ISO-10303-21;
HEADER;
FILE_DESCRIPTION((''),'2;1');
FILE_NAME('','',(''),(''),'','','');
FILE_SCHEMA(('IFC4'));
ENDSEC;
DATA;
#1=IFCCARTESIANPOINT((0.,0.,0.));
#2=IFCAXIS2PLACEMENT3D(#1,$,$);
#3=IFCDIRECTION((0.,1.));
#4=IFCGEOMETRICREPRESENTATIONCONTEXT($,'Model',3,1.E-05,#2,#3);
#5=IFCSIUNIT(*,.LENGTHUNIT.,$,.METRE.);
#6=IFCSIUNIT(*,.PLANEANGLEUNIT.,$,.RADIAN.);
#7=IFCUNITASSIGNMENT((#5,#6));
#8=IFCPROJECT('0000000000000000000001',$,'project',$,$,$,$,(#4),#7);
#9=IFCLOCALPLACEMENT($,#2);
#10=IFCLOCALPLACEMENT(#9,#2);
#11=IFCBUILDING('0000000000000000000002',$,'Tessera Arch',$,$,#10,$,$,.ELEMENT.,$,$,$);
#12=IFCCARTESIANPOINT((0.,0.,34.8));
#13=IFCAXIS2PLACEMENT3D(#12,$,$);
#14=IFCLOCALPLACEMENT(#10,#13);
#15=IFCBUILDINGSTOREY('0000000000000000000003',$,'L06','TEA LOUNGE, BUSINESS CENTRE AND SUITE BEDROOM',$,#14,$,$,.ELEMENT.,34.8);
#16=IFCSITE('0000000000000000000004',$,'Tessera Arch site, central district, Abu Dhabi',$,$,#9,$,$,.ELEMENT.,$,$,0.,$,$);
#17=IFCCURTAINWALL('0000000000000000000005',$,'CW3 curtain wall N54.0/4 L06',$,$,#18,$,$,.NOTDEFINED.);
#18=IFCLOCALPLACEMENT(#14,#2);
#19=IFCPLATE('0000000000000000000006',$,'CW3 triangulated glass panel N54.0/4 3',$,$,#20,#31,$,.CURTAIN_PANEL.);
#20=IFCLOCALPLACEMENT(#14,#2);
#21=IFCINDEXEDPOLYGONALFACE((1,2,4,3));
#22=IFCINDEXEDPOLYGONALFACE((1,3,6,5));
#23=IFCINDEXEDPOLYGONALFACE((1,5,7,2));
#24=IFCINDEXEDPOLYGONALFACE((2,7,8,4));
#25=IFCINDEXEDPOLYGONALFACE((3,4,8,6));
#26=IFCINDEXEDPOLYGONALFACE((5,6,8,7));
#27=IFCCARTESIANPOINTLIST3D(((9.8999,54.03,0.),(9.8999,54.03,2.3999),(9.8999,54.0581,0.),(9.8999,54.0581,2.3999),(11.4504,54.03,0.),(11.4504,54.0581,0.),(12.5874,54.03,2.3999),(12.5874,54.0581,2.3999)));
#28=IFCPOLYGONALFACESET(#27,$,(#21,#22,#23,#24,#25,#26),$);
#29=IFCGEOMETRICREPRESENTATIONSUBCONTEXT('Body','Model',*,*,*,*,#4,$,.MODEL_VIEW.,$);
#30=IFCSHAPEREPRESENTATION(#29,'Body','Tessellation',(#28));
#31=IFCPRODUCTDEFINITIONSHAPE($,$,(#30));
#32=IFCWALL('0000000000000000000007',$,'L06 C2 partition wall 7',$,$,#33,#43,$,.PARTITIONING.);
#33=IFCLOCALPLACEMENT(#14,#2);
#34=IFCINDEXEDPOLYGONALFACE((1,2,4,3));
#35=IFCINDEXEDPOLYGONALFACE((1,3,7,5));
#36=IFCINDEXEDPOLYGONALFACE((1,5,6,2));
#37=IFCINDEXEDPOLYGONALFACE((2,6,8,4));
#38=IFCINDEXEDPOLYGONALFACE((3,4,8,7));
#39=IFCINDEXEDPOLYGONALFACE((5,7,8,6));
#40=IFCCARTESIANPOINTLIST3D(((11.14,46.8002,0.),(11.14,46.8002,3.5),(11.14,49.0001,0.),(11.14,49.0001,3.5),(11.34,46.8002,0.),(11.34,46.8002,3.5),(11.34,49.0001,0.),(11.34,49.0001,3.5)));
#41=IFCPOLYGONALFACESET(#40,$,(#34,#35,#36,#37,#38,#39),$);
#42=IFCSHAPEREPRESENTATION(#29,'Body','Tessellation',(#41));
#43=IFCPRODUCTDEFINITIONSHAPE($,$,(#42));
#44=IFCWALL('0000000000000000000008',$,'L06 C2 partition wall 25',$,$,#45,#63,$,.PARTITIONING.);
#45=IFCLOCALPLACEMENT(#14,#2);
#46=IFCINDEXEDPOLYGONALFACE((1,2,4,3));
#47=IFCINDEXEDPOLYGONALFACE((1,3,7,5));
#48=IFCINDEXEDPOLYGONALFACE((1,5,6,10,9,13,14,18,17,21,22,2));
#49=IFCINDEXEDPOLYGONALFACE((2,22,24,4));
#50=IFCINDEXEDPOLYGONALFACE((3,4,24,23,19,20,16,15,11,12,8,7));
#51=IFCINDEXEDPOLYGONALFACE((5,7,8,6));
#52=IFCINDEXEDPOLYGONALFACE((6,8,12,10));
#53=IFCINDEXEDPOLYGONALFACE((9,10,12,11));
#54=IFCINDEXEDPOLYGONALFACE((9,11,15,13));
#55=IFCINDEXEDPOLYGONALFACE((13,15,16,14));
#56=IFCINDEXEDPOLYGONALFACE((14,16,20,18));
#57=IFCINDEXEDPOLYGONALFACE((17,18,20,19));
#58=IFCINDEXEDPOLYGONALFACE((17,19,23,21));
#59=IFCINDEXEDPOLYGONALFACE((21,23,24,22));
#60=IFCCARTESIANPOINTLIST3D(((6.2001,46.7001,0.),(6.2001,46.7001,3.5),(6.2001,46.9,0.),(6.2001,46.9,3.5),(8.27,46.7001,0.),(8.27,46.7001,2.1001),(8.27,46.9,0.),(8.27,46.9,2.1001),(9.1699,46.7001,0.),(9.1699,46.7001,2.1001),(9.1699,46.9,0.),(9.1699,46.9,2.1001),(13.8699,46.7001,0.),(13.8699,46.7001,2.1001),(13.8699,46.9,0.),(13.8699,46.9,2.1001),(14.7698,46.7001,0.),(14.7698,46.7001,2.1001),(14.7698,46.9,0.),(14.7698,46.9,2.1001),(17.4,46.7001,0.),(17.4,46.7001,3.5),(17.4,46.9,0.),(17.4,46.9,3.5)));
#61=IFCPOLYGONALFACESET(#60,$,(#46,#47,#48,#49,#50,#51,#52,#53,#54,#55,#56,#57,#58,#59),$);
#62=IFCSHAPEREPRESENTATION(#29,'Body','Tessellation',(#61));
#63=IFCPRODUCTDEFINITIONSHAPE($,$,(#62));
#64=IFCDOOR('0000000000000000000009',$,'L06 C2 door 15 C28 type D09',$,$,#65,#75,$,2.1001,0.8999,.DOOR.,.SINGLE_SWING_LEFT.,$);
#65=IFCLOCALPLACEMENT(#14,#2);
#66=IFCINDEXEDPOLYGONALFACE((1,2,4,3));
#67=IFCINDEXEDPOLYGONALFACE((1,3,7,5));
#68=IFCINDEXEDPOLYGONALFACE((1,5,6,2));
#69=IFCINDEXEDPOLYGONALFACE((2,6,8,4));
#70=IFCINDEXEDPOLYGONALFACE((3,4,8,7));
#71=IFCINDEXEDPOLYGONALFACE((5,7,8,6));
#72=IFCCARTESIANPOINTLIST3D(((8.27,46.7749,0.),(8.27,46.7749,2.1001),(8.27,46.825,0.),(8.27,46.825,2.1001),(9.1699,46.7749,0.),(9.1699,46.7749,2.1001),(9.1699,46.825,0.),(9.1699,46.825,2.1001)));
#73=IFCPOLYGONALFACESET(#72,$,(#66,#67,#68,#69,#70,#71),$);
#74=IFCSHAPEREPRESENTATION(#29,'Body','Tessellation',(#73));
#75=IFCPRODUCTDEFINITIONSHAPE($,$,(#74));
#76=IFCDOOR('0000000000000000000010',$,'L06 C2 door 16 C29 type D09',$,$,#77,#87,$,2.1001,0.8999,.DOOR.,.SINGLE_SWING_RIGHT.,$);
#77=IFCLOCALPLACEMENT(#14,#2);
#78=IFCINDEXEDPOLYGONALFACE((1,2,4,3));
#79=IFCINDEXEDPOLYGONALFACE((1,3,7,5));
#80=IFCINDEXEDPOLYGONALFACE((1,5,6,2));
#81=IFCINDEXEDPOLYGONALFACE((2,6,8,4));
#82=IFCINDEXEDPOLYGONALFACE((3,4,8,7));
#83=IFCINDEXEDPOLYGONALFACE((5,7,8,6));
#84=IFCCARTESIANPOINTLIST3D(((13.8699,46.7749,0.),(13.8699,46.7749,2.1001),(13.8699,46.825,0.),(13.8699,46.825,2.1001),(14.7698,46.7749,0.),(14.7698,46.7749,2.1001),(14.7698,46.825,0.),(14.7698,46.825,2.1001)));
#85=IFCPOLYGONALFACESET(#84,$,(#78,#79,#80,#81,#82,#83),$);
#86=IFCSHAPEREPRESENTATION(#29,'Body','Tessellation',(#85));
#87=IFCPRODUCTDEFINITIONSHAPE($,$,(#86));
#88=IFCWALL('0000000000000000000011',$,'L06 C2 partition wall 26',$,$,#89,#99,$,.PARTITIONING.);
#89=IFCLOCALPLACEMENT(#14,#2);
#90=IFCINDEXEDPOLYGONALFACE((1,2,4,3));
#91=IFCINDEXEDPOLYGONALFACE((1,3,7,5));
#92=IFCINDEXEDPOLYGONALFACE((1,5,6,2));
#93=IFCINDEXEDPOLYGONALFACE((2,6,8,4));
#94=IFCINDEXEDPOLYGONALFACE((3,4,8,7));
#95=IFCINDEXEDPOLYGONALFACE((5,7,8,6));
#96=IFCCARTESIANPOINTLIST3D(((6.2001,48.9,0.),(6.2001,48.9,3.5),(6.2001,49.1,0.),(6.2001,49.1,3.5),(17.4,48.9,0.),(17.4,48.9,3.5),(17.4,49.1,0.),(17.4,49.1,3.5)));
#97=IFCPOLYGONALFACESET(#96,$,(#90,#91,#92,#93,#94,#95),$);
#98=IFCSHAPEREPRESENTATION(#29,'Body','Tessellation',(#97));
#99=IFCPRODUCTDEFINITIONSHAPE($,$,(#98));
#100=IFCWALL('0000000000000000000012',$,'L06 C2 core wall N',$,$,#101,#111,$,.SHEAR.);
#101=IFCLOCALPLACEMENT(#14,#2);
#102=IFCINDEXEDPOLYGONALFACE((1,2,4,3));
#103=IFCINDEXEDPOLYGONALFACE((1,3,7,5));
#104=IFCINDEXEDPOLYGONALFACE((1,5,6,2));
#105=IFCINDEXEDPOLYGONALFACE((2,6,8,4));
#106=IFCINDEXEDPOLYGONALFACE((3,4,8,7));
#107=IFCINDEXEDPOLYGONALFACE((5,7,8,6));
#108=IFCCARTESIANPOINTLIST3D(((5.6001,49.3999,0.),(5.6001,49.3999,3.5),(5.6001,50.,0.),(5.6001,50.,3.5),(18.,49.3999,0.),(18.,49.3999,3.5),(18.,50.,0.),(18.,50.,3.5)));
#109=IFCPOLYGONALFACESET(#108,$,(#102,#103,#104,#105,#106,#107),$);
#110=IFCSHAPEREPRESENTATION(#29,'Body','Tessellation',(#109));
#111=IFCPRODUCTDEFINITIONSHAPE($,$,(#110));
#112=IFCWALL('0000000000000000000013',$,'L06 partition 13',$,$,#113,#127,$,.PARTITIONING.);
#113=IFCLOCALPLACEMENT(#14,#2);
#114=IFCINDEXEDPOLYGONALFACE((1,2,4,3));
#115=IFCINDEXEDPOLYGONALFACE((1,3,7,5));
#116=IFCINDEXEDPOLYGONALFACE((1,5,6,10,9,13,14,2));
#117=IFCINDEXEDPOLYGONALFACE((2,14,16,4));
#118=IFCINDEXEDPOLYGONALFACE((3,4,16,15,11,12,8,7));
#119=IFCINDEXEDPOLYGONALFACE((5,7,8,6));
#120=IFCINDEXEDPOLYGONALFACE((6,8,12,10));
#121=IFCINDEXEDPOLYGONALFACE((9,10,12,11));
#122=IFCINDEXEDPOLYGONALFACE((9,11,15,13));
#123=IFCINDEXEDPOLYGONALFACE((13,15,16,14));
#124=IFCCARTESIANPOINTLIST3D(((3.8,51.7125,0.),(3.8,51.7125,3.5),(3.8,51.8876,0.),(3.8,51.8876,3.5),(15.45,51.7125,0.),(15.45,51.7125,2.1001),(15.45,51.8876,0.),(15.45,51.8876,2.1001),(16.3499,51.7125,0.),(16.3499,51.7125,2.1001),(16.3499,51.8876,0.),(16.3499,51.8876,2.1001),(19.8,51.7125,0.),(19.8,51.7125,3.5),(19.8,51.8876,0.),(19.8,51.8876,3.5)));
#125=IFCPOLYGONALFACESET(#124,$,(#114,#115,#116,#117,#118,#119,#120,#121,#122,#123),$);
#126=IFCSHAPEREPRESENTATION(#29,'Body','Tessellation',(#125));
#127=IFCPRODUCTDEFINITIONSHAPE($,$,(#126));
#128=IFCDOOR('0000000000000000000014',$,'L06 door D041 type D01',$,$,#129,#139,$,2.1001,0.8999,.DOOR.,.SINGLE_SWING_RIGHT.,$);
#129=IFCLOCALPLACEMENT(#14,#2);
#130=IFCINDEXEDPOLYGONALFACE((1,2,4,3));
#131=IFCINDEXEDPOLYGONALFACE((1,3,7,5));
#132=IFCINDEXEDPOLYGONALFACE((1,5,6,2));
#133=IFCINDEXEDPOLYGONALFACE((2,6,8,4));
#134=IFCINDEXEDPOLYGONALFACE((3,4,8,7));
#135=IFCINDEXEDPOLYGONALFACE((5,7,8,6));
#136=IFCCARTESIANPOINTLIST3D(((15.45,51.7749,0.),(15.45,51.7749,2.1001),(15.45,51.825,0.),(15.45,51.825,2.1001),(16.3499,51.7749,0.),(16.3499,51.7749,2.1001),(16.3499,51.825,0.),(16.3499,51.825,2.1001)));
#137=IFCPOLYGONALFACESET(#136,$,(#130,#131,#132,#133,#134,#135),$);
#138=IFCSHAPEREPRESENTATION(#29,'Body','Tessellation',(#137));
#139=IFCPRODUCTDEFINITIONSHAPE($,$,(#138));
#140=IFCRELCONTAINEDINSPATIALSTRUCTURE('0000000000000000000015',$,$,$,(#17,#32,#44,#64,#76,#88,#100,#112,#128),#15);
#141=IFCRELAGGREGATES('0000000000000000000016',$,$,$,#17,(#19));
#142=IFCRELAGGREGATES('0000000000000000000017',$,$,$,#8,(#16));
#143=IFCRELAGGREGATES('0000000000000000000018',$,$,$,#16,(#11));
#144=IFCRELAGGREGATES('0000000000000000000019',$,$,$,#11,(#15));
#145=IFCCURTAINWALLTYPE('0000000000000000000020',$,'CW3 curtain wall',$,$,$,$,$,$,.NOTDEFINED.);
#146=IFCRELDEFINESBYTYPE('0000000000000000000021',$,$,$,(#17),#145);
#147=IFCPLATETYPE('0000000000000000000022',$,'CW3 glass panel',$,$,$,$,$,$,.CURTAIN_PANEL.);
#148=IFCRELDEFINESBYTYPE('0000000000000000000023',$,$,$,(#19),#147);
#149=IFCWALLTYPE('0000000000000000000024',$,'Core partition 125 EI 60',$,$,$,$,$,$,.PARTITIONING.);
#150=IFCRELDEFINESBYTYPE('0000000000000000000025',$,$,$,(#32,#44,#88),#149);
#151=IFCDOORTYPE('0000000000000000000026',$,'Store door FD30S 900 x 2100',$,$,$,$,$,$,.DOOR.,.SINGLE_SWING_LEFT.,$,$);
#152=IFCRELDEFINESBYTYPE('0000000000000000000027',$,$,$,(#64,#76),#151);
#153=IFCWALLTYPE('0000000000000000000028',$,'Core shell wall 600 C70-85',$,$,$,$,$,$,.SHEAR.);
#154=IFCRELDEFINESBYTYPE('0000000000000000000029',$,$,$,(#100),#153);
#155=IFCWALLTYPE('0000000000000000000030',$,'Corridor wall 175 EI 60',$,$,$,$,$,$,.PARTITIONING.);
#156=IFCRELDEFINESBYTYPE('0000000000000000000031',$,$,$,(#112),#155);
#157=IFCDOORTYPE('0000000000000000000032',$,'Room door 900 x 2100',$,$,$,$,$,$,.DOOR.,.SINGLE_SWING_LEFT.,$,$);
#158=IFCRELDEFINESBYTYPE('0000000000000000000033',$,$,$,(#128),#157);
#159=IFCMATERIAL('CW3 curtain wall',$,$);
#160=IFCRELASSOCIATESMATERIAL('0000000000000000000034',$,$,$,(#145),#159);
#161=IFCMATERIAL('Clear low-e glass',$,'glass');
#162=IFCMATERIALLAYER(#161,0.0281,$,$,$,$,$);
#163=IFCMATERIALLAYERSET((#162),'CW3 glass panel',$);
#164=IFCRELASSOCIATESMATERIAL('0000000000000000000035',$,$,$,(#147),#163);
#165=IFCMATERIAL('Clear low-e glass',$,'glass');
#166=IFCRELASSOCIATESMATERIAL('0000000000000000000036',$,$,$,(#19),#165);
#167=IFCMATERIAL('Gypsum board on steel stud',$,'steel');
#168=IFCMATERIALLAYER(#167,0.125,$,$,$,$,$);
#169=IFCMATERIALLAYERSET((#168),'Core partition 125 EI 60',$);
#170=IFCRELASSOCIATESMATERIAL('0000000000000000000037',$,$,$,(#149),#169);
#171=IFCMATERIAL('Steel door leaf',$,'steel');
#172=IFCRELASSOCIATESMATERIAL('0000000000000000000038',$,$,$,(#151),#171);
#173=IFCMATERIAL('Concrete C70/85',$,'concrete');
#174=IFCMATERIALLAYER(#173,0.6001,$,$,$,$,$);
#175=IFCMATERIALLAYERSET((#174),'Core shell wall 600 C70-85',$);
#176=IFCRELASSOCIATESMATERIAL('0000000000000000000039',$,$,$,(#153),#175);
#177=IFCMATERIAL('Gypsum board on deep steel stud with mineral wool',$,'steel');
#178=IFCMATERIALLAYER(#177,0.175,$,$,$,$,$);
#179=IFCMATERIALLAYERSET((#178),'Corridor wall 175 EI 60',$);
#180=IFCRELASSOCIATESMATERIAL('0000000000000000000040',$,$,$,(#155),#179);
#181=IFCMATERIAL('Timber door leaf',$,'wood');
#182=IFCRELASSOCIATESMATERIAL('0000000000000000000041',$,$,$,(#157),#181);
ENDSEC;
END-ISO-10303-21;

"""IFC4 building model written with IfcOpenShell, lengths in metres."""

from ifc_helpers import new_model, si_unit, direction, frame, frame_2d, origin, place, context, subcontext, project, spatial, polyline, rectangle, outline, extrude, material, layer, layer_set, type_object, element, fill, aggregate, save


model = new_model("IFC4")

# Units and contexts
model_context = context("Model", 3, precision=1e-05, world=origin(), true_north=direction((0.0, 1.0)))
body_context = subcontext(model_context, "Body", "Model", "MODEL_VIEW")
ifc_project = project(units=[si_unit("LENGTHUNIT", "METRE"), si_unit("PLANEANGLEUNIT", "RADIAN")], contexts=[model_context])

# Site, building, storey
site_placement = place(None, origin())
site = spatial("IfcSite", under=ifc_project, at=site_placement, Name="Tessera Arch site, central district, Abu Dhabi", CompositionType="ELEMENT", RefElevation=0.0)
building_placement = place(site_placement, origin())
building = spatial("IfcBuilding", under=site, at=building_placement, Name="Tessera Arch", CompositionType="ELEMENT")
storey_placement = place(building_placement, frame((0.0, 0.0, 34.8)))
storey = spatial("IfcBuildingStorey", under=building, at=storey_placement, Name="L06", Description="TEA LOUNGE, BUSINESS CENTRE AND SUITE BEDROOM", CompositionType="ELEMENT", Elevation=34.8)

# Shared definitions
ifc_material_1 = material(Name="Clear low-e glass", Category="glass")

# Curtain wall, plate
ifc_material_2 = material(Name="CW3 curtain wall")
curtain_wall_type_1 = type_object("IfcCurtainWallType", Name="CW3 curtain wall", PredefinedType="NOTDEFINED", material=ifc_material_2)
curtain_wall_1_placement = place(storey_placement, origin())
curtain_wall_1 = element("IfcCurtainWall", 1, at=curtain_wall_1_placement, inside=storey, type_object=curtain_wall_type_1, Name="CW3 curtain wall N54.0/4 L06", PredefinedType="NOTDEFINED")
ifc_material_3 = material(Name="Clear low-e glass", Category="glass")
ifc_layer_1 = layer(ifc_material_3, 0.0281)
ifc_layer_set_1 = layer_set([ifc_layer_1], Name="CW3 glass panel")
plate_type_1 = type_object("IfcPlateType", Name="CW3 glass panel", PredefinedType="CURTAIN_PANEL", material=ifc_layer_set_1)
plate_1_placement = place(storey_placement, frame((9.8999, 54.0581, 2.3999), z_axis=(0.0, 1.0, 0.0), x_axis=(1.0, 0.0, 0.0)))
plate_1 = element("IfcPlate", 2, at=plate_1_placement, type_object=plate_type_1, material=ifc_material_1, Name="CW3 triangulated glass panel N54.0/4 3", PredefinedType="CURTAIN_PANEL", context=body_context, shape_type="SweptSolid", body=[
    extrude(outline(polyline([(0.0, 0.0), (2.6875, 0.0), (1.5505, 2.3999), (0.0, 2.3999), (0.0, 0.0)])), origin(), (0.0, 0.0, -1.0), 0.0281),
])
aggregate(curtain_wall_1, [plate_1])

# Wall
ifc_material_4 = material(Name="Gypsum board on steel stud", Category="steel")
ifc_layer_2 = layer(ifc_material_4, 0.125)
ifc_layer_set_2 = layer_set([ifc_layer_2], Name="Core partition 125 EI 60")
wall_type_1 = type_object("IfcWallType", Name="Core partition 125 EI 60", PredefinedType="PARTITIONING", material=ifc_layer_set_2)
wall_1_placement = place(storey_placement, frame((11.24, 46.8, 0.0), z_axis=(0.0, 0.0, 1.0), x_axis=(0.0, 1.0, 0.0)))
element("IfcWall", 3, at=wall_1_placement, inside=storey, type_object=wall_type_1, Name="L06 C2 partition wall 7", PredefinedType="PARTITIONING", context=body_context, shape_type="SweptSolid", body=[
    extrude(rectangle(XDim=2.2, YDim=0.2, at=frame_2d((1.1001, 0.0))), origin(), (0.0, 0.0, 1.0), 3.5),
])

# Wall, openings, doors
wall_2_placement = place(storey_placement, frame((6.2, 46.8, 0.0), z_axis=(0.0, 0.0, 1.0), x_axis=(1.0, 0.0, 0.0)))
wall_2 = element("IfcWall", 4, at=wall_2_placement, inside=storey, type_object=wall_type_1, Name="L06 C2 partition wall 25", PredefinedType="PARTITIONING", context=body_context, shape_type="SweptSolid", body=[
    extrude(rectangle(XDim=11.2, YDim=0.2, at=frame_2d((5.6001, 0.0))), origin(), (0.0, 0.0, 1.0), 3.5),
])
opening_1_placement = place(wall_2_placement, frame((2.0701, 0.0, 0.0)))
opening_1 = element("IfcOpeningElement", 5, at=opening_1_placement, cuts=wall_2, PredefinedType="OPENING", context=body_context, shape_type="SweptSolid", body=[
    extrude(rectangle(XDim=0.8999, YDim=2.1001, at=frame_2d((0.45, 1.05))), frame((0.0, 0.1099, 0.0), z_axis=(0.0, -1.0, 0.0), x_axis=(1.0, 0.0, 0.0)), (0.0, 0.0, 1.0), 0.22),
])
opening_2_placement = place(wall_2_placement, frame((7.6699, 0.0, 0.0)))
opening_2 = element("IfcOpeningElement", 6, at=opening_2_placement, cuts=wall_2, PredefinedType="OPENING", context=body_context, shape_type="SweptSolid", body=[
    extrude(rectangle(XDim=0.8999, YDim=2.1001, at=frame_2d((0.45, 1.05))), frame((0.0, 0.1099, 0.0), z_axis=(0.0, -1.0, 0.0), x_axis=(1.0, 0.0, 0.0)), (0.0, 0.0, 1.0), 0.22),
])
ifc_material_5 = material(Name="Steel door leaf", Category="steel")
door_type_1 = type_object("IfcDoorType", Name="Store door FD30S 900 x 2100", OperationType="SINGLE_SWING_LEFT", PredefinedType="DOOR", material=ifc_material_5)
door_1_placement = place(opening_1_placement, origin())
door_1 = element("IfcDoor", 7, at=door_1_placement, inside=storey, type_object=door_type_1, Name="L06 C2 door 15 C28 type D09", OperationType="SINGLE_SWING_LEFT", OverallHeight=2.1001, OverallWidth=0.8999, PredefinedType="DOOR", context=body_context, shape_type="SweptSolid", body=[
    extrude(rectangle(XDim=0.8999, YDim=2.1001, at=frame_2d((0.45, 1.05))), frame((0.0, 0.0249, 0.0), z_axis=(0.0, -1.0, 0.0), x_axis=(1.0, 0.0, 0.0)), (0.0, 0.0, 1.0), 0.05),
])
fill(opening_1, door_1)
door_2_placement = place(opening_2_placement, origin())
door_2 = element("IfcDoor", 8, at=door_2_placement, inside=storey, type_object=door_type_1, Name="L06 C2 door 16 C29 type D09", OperationType="SINGLE_SWING_RIGHT", OverallHeight=2.1001, OverallWidth=0.8999, PredefinedType="DOOR", context=body_context, shape_type="SweptSolid", body=[
    extrude(rectangle(XDim=0.8999, YDim=2.1001, at=frame_2d((0.45, 1.05))), frame((0.0, 0.0249, 0.0), z_axis=(0.0, -1.0, 0.0), x_axis=(1.0, 0.0, 0.0)), (0.0, 0.0, 1.0), 0.05),
])
fill(opening_2, door_2)

# Walls
wall_3_placement = place(storey_placement, frame((6.2, 49.0, 0.0), z_axis=(0.0, 0.0, 1.0), x_axis=(1.0, 0.0, 0.0)))
element("IfcWall", 9, at=wall_3_placement, inside=storey, type_object=wall_type_1, Name="L06 C2 partition wall 26", PredefinedType="PARTITIONING", context=body_context, shape_type="SweptSolid", body=[
    extrude(rectangle(XDim=11.2, YDim=0.2, at=frame_2d((5.6001, 0.0))), origin(), (0.0, 0.0, 1.0), 3.5),
])
ifc_material_6 = material(Name="Concrete C70/85", Category="concrete")
ifc_layer_3 = layer(ifc_material_6, 0.6001)
ifc_layer_set_3 = layer_set([ifc_layer_3], Name="Core shell wall 600 C70-85")
wall_type_2 = type_object("IfcWallType", Name="Core shell wall 600 C70-85", PredefinedType="SHEAR", material=ifc_layer_set_3)
wall_4_placement = place(storey_placement, frame((5.6001, 49.7, 0.0), z_axis=(0.0, 0.0, 1.0), x_axis=(1.0, 0.0, 0.0)))
element("IfcWall", 10, at=wall_4_placement, inside=storey, type_object=wall_type_2, Name="L06 C2 core wall N", PredefinedType="SHEAR", context=body_context, shape_type="SweptSolid", body=[
    extrude(rectangle(XDim=12.3999, YDim=0.6001, at=frame_2d((6.2, 0.0))), origin(), (0.0, 0.0, 1.0), 3.5),
])

# Wall, opening, door
ifc_material_7 = material(Name="Gypsum board on deep steel stud with mineral wool", Category="steel")
ifc_layer_4 = layer(ifc_material_7, 0.175)
ifc_layer_set_4 = layer_set([ifc_layer_4], Name="Corridor wall 175 EI 60")
wall_type_3 = type_object("IfcWallType", Name="Corridor wall 175 EI 60", PredefinedType="PARTITIONING", material=ifc_layer_set_4)
wall_5_placement = place(storey_placement, frame((3.8, 51.8, 0.0), z_axis=(0.0, 0.0, 1.0), x_axis=(1.0, 0.0, 0.0)))
wall_5 = element("IfcWall", 11, at=wall_5_placement, inside=storey, type_object=wall_type_3, Name="L06 partition 13", PredefinedType="PARTITIONING", context=body_context, shape_type="SweptSolid", body=[
    extrude(rectangle(XDim=16.0, YDim=0.175, at=frame_2d((8.0, 0.0))), origin(), (0.0, 0.0, 1.0), 3.5),
])
opening_3_placement = place(wall_5_placement, frame((11.6499, 0.0, 0.0)))
opening_3 = element("IfcOpeningElement", 12, at=opening_3_placement, cuts=wall_5, PredefinedType="OPENING", context=body_context, shape_type="SweptSolid", body=[
    extrude(rectangle(XDim=0.8999, YDim=2.1001, at=frame_2d((0.45, 1.05))), frame((0.0, 0.0974, 0.0), z_axis=(0.0, -1.0, 0.0), x_axis=(1.0, 0.0, 0.0)), (0.0, 0.0, 1.0), 0.1951),
])
ifc_material_8 = material(Name="Timber door leaf", Category="wood")
door_type_2 = type_object("IfcDoorType", Name="Room door 900 x 2100", OperationType="SINGLE_SWING_LEFT", PredefinedType="DOOR", material=ifc_material_8)
door_3_placement = place(opening_3_placement, origin())
door_3 = element("IfcDoor", 13, at=door_3_placement, inside=storey, type_object=door_type_2, Name="L06 door D041 type D01", OperationType="SINGLE_SWING_RIGHT", OverallHeight=2.1001, OverallWidth=0.8999, PredefinedType="DOOR", context=body_context, shape_type="SweptSolid", body=[
    extrude(rectangle(XDim=0.8999, YDim=2.1001, at=frame_2d((0.45, 1.05))), frame((0.0, 0.0249, 0.0), z_axis=(0.0, -1.0, 0.0), x_axis=(1.0, 0.0, 0.0)), (0.0, 0.0, 1.0), 0.05),
])
fill(opening_3, door_3)

save(model, "model.ifc")
